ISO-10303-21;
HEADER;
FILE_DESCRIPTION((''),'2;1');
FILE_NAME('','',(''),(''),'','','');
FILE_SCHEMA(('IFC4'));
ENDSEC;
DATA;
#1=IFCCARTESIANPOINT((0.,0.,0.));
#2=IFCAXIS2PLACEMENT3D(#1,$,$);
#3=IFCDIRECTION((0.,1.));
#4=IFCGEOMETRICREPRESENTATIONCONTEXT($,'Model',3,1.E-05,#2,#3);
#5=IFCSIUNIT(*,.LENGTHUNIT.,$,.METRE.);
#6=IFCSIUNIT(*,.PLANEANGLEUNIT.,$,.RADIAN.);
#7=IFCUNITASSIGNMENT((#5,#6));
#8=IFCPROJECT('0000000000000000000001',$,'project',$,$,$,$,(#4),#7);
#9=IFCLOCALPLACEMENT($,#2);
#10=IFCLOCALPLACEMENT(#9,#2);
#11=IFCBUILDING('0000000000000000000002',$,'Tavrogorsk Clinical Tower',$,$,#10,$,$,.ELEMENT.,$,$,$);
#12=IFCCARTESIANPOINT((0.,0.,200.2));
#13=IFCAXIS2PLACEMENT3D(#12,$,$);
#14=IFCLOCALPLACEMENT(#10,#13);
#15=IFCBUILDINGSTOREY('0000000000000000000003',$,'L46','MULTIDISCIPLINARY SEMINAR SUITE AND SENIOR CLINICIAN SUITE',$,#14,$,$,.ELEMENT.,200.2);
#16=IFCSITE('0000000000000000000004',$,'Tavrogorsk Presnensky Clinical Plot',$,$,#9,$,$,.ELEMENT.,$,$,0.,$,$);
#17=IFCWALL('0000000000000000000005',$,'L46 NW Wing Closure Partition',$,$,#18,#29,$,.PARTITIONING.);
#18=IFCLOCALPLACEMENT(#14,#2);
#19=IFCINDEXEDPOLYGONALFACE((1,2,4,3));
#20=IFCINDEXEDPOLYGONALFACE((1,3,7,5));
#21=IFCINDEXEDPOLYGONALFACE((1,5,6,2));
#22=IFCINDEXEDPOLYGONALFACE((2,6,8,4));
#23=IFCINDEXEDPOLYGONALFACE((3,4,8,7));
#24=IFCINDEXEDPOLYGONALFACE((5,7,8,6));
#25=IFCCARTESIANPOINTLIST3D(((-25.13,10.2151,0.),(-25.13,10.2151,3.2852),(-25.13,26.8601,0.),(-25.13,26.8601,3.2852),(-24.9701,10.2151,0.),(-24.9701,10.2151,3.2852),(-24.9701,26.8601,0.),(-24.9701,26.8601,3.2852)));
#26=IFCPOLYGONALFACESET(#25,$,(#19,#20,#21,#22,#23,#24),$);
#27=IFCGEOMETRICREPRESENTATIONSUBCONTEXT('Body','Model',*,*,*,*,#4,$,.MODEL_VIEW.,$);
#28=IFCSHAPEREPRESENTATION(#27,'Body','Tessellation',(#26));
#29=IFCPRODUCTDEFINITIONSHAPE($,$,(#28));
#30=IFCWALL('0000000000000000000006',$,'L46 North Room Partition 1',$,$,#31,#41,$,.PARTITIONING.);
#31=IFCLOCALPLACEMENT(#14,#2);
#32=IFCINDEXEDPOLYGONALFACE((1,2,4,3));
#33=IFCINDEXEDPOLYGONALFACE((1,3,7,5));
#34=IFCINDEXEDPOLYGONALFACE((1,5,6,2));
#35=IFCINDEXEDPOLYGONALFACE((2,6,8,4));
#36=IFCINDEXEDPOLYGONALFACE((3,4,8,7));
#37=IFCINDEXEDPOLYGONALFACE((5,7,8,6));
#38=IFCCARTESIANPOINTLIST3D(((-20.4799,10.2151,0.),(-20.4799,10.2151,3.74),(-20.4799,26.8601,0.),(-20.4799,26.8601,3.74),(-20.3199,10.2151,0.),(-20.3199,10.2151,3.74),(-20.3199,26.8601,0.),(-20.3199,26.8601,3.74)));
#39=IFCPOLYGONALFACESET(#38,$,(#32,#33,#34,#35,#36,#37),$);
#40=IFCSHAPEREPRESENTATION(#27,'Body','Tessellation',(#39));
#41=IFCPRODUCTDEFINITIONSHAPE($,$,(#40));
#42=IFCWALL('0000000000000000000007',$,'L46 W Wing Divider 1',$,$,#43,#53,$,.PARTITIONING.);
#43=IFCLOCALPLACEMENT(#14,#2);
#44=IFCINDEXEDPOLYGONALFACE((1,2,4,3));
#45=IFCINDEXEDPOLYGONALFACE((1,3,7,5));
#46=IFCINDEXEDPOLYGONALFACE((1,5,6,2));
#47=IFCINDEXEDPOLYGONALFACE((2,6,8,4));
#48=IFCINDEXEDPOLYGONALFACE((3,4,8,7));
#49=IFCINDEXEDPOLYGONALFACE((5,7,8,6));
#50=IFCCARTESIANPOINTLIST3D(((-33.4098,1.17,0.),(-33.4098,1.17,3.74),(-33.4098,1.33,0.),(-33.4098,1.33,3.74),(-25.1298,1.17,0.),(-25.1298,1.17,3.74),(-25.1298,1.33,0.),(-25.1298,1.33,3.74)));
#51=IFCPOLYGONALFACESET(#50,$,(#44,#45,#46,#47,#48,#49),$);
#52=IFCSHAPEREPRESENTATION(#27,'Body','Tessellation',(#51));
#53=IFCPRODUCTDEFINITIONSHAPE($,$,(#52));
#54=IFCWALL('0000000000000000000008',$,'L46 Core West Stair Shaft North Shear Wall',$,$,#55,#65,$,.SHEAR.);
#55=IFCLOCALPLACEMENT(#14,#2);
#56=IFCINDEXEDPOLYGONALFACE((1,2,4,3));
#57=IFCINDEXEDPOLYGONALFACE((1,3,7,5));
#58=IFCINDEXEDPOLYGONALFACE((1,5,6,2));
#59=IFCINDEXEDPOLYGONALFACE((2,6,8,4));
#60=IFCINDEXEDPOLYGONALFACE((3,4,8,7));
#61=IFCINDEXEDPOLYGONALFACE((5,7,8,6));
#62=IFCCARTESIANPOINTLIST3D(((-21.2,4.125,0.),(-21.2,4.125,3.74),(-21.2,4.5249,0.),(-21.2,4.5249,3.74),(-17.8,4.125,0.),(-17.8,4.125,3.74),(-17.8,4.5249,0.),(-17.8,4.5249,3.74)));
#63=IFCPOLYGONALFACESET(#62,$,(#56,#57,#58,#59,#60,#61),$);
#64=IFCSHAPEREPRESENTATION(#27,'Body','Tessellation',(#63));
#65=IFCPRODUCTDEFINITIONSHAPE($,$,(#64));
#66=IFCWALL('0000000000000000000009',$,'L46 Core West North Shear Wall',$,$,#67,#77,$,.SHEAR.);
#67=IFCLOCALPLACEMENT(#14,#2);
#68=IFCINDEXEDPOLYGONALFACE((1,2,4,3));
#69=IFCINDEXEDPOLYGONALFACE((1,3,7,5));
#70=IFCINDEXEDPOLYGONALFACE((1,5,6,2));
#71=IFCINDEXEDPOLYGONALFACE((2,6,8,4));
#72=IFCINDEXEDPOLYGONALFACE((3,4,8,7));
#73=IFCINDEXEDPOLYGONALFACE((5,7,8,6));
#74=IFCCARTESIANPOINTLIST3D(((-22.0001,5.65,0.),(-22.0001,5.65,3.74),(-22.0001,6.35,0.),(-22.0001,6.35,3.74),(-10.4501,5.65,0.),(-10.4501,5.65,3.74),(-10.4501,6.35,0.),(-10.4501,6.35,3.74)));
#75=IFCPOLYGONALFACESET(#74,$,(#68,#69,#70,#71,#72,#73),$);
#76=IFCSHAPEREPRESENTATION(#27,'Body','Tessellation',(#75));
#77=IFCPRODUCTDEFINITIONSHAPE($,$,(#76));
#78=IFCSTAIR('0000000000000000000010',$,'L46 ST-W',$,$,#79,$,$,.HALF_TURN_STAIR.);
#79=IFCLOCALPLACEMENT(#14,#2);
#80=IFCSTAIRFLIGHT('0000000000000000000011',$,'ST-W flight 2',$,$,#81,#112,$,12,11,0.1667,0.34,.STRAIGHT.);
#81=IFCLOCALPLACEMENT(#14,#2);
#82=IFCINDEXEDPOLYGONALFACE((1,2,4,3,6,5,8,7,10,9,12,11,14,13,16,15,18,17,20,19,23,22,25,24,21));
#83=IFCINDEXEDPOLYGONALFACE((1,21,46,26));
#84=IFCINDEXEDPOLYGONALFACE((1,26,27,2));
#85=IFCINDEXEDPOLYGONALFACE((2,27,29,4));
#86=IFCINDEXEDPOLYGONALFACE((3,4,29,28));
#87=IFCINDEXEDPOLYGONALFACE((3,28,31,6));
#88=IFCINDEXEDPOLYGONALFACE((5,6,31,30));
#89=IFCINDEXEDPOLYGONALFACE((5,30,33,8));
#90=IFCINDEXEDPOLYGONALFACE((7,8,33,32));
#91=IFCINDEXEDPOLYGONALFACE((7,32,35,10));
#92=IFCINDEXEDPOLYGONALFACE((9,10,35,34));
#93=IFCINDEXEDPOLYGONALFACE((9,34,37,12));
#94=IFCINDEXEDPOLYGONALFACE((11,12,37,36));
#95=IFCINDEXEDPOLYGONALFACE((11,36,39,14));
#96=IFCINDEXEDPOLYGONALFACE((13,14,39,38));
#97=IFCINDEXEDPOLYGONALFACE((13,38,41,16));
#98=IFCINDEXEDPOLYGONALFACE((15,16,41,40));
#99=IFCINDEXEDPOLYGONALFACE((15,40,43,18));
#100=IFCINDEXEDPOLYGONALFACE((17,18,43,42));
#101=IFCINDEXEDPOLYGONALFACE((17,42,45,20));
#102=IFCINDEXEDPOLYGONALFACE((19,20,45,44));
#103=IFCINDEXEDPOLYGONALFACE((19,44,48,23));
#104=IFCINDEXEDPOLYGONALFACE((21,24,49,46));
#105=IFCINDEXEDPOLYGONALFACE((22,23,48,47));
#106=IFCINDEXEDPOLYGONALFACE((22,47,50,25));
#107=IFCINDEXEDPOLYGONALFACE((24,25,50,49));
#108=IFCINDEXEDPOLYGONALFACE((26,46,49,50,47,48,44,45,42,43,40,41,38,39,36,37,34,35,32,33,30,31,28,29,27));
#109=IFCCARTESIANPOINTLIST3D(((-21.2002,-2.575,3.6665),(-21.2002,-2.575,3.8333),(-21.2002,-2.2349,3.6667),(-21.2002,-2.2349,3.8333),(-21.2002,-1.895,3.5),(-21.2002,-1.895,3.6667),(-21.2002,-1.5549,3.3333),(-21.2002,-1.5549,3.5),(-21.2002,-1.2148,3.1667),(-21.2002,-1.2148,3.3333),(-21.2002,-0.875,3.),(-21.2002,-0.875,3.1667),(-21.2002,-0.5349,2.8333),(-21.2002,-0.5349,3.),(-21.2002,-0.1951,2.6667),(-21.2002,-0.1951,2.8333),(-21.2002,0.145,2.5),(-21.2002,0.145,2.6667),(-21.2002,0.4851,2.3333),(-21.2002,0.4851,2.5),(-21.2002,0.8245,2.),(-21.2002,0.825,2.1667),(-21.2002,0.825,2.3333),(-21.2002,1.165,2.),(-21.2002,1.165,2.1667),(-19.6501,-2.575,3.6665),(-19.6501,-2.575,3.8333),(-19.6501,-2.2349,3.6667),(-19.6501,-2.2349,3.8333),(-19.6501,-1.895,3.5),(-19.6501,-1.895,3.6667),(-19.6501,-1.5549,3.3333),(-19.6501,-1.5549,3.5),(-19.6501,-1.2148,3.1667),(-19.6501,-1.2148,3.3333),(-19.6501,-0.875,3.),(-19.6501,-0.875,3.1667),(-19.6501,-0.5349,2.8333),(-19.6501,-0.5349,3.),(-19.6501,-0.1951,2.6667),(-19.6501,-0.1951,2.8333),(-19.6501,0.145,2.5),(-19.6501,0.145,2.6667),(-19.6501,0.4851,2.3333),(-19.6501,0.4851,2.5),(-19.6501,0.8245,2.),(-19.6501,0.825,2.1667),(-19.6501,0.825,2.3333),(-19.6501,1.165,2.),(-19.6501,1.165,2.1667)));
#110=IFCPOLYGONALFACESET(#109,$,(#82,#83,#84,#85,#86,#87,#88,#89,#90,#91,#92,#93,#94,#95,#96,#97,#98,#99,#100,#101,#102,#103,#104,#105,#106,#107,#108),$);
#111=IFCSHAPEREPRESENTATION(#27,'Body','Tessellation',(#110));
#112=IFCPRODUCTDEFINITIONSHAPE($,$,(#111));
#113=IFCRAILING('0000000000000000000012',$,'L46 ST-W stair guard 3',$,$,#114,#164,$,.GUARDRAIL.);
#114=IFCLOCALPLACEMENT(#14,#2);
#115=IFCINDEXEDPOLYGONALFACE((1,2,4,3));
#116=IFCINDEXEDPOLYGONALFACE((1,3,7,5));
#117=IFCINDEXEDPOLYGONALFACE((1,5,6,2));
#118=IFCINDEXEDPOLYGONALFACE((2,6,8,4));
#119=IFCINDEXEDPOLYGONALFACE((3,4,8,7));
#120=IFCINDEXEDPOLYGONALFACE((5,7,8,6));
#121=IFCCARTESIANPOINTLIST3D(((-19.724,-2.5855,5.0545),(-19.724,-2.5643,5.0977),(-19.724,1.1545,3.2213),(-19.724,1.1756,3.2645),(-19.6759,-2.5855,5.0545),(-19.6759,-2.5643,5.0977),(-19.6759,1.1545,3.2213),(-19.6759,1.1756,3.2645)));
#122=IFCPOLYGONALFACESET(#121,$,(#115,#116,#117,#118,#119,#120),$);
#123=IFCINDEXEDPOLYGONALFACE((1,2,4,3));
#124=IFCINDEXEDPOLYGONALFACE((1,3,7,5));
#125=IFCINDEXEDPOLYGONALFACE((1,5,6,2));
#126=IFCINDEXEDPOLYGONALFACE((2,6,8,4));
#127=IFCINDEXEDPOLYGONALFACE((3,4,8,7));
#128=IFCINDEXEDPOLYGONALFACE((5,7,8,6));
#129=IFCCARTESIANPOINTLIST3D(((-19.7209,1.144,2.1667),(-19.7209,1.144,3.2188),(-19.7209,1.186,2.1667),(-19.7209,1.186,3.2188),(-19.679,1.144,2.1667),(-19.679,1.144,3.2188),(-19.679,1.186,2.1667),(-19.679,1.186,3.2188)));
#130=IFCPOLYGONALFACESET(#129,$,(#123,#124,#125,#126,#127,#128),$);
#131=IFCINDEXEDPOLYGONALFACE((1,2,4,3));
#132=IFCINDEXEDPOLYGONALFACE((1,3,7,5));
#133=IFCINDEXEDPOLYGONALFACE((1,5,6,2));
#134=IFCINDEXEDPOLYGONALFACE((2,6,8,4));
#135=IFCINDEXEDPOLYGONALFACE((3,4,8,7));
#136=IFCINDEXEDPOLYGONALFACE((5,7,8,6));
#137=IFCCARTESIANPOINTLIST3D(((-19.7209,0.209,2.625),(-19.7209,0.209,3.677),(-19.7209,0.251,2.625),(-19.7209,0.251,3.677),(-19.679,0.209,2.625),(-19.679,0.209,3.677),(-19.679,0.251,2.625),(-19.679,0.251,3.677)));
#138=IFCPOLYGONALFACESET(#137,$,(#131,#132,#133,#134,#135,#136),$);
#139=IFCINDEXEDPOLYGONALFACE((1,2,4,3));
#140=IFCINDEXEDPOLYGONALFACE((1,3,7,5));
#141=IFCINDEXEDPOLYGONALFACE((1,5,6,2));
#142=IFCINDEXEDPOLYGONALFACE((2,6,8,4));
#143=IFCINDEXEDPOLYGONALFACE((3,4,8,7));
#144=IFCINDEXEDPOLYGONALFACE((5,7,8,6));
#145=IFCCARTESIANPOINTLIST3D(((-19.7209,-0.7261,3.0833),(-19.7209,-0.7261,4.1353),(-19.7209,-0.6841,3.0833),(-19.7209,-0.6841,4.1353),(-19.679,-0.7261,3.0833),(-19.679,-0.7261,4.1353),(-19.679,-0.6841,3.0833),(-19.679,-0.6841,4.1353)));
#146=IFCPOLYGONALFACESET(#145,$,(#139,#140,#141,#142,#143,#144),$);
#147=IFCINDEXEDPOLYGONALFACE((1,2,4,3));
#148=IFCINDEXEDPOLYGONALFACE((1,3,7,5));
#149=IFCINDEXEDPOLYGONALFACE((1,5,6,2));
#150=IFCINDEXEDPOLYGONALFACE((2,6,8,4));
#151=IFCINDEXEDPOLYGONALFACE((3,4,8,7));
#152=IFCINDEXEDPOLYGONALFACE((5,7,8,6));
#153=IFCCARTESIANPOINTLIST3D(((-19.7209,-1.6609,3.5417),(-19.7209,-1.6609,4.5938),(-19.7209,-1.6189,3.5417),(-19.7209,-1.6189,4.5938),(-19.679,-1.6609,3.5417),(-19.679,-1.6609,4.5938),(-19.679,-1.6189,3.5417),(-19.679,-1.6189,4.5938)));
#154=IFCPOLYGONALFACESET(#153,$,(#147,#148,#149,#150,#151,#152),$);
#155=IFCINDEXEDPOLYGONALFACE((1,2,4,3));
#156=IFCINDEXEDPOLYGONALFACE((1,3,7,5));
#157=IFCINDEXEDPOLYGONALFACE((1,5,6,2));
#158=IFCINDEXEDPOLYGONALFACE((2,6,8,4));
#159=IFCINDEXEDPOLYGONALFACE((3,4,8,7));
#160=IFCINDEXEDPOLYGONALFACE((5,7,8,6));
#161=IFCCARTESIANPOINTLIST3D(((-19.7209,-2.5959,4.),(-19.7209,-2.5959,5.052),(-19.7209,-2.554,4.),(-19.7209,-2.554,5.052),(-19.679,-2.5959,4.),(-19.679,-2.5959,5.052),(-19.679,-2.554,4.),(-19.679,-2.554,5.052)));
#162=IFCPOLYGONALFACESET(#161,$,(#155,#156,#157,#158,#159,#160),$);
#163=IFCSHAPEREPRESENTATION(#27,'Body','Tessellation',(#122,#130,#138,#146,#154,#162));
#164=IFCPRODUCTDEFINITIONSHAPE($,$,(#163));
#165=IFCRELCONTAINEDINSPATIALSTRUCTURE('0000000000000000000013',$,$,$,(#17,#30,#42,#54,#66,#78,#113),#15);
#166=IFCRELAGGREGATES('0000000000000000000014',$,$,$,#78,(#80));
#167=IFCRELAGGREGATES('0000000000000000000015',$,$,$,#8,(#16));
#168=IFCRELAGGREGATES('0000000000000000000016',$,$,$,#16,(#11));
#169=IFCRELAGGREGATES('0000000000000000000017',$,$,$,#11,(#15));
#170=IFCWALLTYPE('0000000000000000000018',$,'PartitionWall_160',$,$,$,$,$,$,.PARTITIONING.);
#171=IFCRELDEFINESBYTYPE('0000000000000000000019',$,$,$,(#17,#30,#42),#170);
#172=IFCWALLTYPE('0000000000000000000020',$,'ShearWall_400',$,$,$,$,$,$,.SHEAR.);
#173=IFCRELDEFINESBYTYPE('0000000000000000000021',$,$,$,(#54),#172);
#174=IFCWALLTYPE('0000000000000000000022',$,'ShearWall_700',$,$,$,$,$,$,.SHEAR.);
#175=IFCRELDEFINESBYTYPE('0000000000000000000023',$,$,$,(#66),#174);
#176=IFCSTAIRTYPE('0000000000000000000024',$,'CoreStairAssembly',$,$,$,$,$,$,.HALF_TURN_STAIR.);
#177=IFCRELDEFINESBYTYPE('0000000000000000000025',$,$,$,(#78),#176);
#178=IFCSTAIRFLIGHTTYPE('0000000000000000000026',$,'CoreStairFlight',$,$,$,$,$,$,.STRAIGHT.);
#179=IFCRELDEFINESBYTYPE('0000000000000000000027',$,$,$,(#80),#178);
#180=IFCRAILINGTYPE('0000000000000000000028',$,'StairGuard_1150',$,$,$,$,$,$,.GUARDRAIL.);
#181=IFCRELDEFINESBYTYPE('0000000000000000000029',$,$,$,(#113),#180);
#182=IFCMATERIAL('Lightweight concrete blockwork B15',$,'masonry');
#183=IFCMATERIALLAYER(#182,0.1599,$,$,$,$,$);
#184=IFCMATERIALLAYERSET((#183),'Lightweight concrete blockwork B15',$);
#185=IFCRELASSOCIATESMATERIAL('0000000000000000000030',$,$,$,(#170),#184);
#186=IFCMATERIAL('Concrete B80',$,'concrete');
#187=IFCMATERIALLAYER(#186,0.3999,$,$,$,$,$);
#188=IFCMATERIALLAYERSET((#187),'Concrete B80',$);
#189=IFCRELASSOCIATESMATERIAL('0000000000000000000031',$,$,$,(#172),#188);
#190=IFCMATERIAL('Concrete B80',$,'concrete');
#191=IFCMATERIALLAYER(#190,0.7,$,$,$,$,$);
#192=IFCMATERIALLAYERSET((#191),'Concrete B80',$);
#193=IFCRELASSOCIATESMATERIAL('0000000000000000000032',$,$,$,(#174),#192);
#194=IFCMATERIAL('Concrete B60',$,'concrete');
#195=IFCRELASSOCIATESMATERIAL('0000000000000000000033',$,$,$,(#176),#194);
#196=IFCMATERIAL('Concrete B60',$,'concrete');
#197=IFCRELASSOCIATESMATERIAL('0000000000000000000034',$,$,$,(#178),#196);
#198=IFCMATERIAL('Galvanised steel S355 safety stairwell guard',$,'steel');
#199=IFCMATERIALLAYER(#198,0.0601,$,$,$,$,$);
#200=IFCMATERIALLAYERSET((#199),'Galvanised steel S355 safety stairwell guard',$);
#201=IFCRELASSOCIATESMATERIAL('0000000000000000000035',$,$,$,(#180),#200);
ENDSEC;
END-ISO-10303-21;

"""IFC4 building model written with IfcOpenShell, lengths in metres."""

from ifc_helpers import new_model, si_unit, direction, frame, frame_2d, origin, origin_2d, place, context, subcontext, project, spatial, polyline, rectangle, outline, extrude, material, layer, layer_set, type_object, element, aggregate, save


model = new_model("IFC4")

# Units and contexts
model_context = context("Model", 3, precision=1e-05, world=origin(), true_north=direction((0.0, 1.0)))
body_context = subcontext(model_context, "Body", "Model", "MODEL_VIEW")
ifc_project = project(units=[si_unit("LENGTHUNIT", "METRE"), si_unit("PLANEANGLEUNIT", "RADIAN")], contexts=[model_context])

# Site, building, storey
site_placement = place(None, origin())
site = spatial("IfcSite", under=ifc_project, at=site_placement, Name="Tavrogorsk Presnensky Clinical Plot", CompositionType="ELEMENT", RefElevation=0.0)
building_placement = place(site_placement, origin())
building = spatial("IfcBuilding", under=site, at=building_placement, Name="Tavrogorsk Clinical Tower", CompositionType="ELEMENT")
storey_placement = place(building_placement, frame((0.0, 0.0, 200.2)))
storey = spatial("IfcBuildingStorey", under=building, at=storey_placement, Name="L46", Description="MULTIDISCIPLINARY SEMINAR SUITE AND SENIOR CLINICIAN SUITE", CompositionType="ELEMENT", Elevation=200.2)

# Shared definitions
ifc_material_1 = material(Name="Lightweight concrete blockwork B15", Category="masonry")
ifc_layer_1 = layer(ifc_material_1, 0.1599)
ifc_layer_set_1 = layer_set([ifc_layer_1], Name="Lightweight concrete blockwork B15")
wall_type_1 = type_object("IfcWallType", Name="PartitionWall_160", PredefinedType="PARTITIONING", material=ifc_layer_set_1)

# Walls
wall_1_placement = place(storey_placement, frame((-25.05, 10.2151, 0.0), z_axis=(0.0, 0.0, 1.0), x_axis=(0.0, 1.0, 0.0)))
element("IfcWall", 1, at=wall_1_placement, inside=storey, type_object=wall_type_1, Name="L46 NW Wing Closure Partition", PredefinedType="PARTITIONING", context=body_context, shape_type="SweptSolid", body=[
    extrude(rectangle(XDim=16.645, YDim=0.1599, at=frame_2d((8.3225, 0.0))), origin(), (0.0, 0.0, 1.0), 3.2852),
])
wall_2_placement = place(storey_placement, frame((-20.3999, 10.2151, 0.0), z_axis=(0.0, 0.0, 1.0), x_axis=(0.0, 1.0, 0.0)))
element("IfcWall", 2, at=wall_2_placement, inside=storey, type_object=wall_type_1, Name="L46 North Room Partition 1", PredefinedType="PARTITIONING", context=body_context, shape_type="SweptSolid", body=[
    extrude(rectangle(XDim=16.645, YDim=0.1599, at=frame_2d((8.3225, 0.0))), origin(), (0.0, 0.0, 1.0), 3.74),
])
wall_3_placement = place(storey_placement, frame((-33.4099, 1.25, 0.0), z_axis=(0.0, 0.0, 1.0), x_axis=(1.0, 0.0, 0.0)))
element("IfcWall", 3, at=wall_3_placement, inside=storey, type_object=wall_type_1, Name="L46 W Wing Divider 1", PredefinedType="PARTITIONING", context=body_context, shape_type="SweptSolid", body=[
    extrude(rectangle(XDim=8.28, YDim=0.1599, at=frame_2d((4.1401, 0.0))), origin(), (0.0, 0.0, 1.0), 3.74),
])
ifc_material_2 = material(Name="Concrete B80", Category="concrete")
ifc_layer_2 = layer(ifc_material_2, 0.3999)
ifc_layer_set_2 = layer_set([ifc_layer_2], Name="Concrete B80")
wall_type_2 = type_object("IfcWallType", Name="ShearWall_400", PredefinedType="SHEAR", material=ifc_layer_set_2)
wall_4_placement = place(storey_placement, frame((-21.2, 4.325, 0.0), z_axis=(0.0, 0.0, 1.0), x_axis=(1.0, 0.0, 0.0)))
element("IfcWall", 4, at=wall_4_placement, inside=storey, type_object=wall_type_2, Name="L46 Core West Stair Shaft North Shear Wall", PredefinedType="SHEAR", context=body_context, shape_type="SweptSolid", body=[
    extrude(rectangle(XDim=3.3999, YDim=0.3999, at=frame_2d((1.7, 0.0))), origin(), (0.0, 0.0, 1.0), 3.74),
])
ifc_material_3 = material(Name="Concrete B80", Category="concrete")
ifc_layer_3 = layer(ifc_material_3, 0.7)
ifc_layer_set_3 = layer_set([ifc_layer_3], Name="Concrete B80")
wall_type_3 = type_object("IfcWallType", Name="ShearWall_700", PredefinedType="SHEAR", material=ifc_layer_set_3)
wall_5_placement = place(storey_placement, frame((-22.0, 6.0, 0.0), z_axis=(0.0, 0.0, 1.0), x_axis=(1.0, 0.0, 0.0)))
element("IfcWall", 5, at=wall_5_placement, inside=storey, type_object=wall_type_3, Name="L46 Core West North Shear Wall", PredefinedType="SHEAR", context=body_context, shape_type="SweptSolid", body=[
    extrude(rectangle(XDim=11.55, YDim=0.7, at=frame_2d((5.7749, 0.0))), origin(), (0.0, 0.0, 1.0), 3.74),
])

# Stair, stair flight
ifc_material_4 = material(Name="Concrete B60", Category="concrete")
stair_type = type_object("IfcStairType", Name="CoreStairAssembly", PredefinedType="HALF_TURN_STAIR", material=ifc_material_4)
stair_placement = place(storey_placement, origin())
stair = element("IfcStair", 6, at=stair_placement, inside=storey, type_object=stair_type, Name="L46 ST-W", PredefinedType="HALF_TURN_STAIR")
ifc_material_5 = material(Name="Concrete B60", Category="concrete")
stair_flight_type = type_object("IfcStairFlightType", Name="CoreStairFlight", PredefinedType="STRAIGHT", material=ifc_material_5)
stair_flight_placement = place(storey_placement, frame((-20.425, 1.165, 2.0), z_axis=(0.0, 0.0, 1.0), x_axis=(0.0, -1.0, 0.0)))
stair_flight = element("IfcStairFlight", 7, at=stair_flight_placement, type_object=stair_flight_type, Name="ST-W flight 2", NumberOfRisers=12, NumberOfTreads=11, PredefinedType="STRAIGHT", RiserHeight=0.1667, TreadLength=0.34, context=body_context, shape_type="SweptSolid", body=[
    extrude(outline(polyline([(0.0, 0.0), (0.0, 0.1667), (0.3401, 0.1667), (0.3401, 0.3333), (0.6799, 0.3333), (0.6799, 0.5), (1.02, 0.5), (1.02, 0.6667), (1.3601, 0.6667), (1.3601, 0.8333), (1.7, 0.8333), (1.7, 1.0), (2.04, 1.0), (2.04, 1.1667), (2.3799, 1.1667), (2.3799, 1.3333), (2.72, 1.3333), (2.72, 1.5), (3.0601, 1.5), (3.0601, 1.6667), (3.3999, 1.6667), (3.3999, 1.8333), (3.74, 1.8333), (3.74, 2.0), (3.74, 1.6665), (0.3406, 0.0), (0.0, 0.0)])), frame((0.0, 0.7749, 0.0), z_axis=(0.0, -1.0, 0.0), x_axis=(1.0, 0.0, 0.0)), (0.0, 0.0, 1.0), 1.55),
])
aggregate(stair, [stair_flight])

# Railing
ifc_material_6 = material(Name="Galvanised steel S355 safety stairwell guard", Category="steel")
ifc_layer_4 = layer(ifc_material_6, 0.0601)
ifc_layer_set_4 = layer_set([ifc_layer_4], Name="Galvanised steel S355 safety stairwell guard")
railing_type_1 = type_object("IfcRailingType", Name="StairGuard_1150", PredefinedType="GUARDRAIL", material=ifc_layer_set_4)
railing_1_placement = place(storey_placement, frame((-19.7, 1.165, 2.1667)))
element("IfcRailing", 8, at=railing_1_placement, inside=storey, type_object=railing_type_1, Name="L46 ST-W stair guard 3", PredefinedType="GUARDRAIL", context=body_context, shape_type="SweptSolid", body=[
    extrude(rectangle(XDim=0.0481, YDim=0.0481, at=origin_2d()), frame((0.0, 0.0, 1.0762), z_axis=(0.0, -0.897928, 0.440142), x_axis=(1.0, 0.0, 0.0)), (0.0, 0.0, 1.0), 4.165),
    extrude(rectangle(XDim=0.042, YDim=0.042, at=origin_2d()), origin(), (0.0, 0.0, 1.0), 1.052),
    extrude(rectangle(XDim=0.042, YDim=0.042, at=origin_2d()), frame((0.0, -0.9351, 0.4583)), (0.0, 0.0, 1.0), 1.052),
    extrude(rectangle(XDim=0.042, YDim=0.042, at=origin_2d()), frame((0.0, -1.8701, 0.9165)), (0.0, 0.0, 1.0), 1.052),
    extrude(rectangle(XDim=0.042, YDim=0.042, at=origin_2d()), frame((0.0, -2.8049, 1.375)), (0.0, 0.0, 1.0), 1.052),
    extrude(rectangle(XDim=0.042, YDim=0.042, at=origin_2d()), frame((0.0, -3.74, 1.8333)), (0.0, 0.0, 1.0), 1.052),
])

save(model, "model.ifc")
